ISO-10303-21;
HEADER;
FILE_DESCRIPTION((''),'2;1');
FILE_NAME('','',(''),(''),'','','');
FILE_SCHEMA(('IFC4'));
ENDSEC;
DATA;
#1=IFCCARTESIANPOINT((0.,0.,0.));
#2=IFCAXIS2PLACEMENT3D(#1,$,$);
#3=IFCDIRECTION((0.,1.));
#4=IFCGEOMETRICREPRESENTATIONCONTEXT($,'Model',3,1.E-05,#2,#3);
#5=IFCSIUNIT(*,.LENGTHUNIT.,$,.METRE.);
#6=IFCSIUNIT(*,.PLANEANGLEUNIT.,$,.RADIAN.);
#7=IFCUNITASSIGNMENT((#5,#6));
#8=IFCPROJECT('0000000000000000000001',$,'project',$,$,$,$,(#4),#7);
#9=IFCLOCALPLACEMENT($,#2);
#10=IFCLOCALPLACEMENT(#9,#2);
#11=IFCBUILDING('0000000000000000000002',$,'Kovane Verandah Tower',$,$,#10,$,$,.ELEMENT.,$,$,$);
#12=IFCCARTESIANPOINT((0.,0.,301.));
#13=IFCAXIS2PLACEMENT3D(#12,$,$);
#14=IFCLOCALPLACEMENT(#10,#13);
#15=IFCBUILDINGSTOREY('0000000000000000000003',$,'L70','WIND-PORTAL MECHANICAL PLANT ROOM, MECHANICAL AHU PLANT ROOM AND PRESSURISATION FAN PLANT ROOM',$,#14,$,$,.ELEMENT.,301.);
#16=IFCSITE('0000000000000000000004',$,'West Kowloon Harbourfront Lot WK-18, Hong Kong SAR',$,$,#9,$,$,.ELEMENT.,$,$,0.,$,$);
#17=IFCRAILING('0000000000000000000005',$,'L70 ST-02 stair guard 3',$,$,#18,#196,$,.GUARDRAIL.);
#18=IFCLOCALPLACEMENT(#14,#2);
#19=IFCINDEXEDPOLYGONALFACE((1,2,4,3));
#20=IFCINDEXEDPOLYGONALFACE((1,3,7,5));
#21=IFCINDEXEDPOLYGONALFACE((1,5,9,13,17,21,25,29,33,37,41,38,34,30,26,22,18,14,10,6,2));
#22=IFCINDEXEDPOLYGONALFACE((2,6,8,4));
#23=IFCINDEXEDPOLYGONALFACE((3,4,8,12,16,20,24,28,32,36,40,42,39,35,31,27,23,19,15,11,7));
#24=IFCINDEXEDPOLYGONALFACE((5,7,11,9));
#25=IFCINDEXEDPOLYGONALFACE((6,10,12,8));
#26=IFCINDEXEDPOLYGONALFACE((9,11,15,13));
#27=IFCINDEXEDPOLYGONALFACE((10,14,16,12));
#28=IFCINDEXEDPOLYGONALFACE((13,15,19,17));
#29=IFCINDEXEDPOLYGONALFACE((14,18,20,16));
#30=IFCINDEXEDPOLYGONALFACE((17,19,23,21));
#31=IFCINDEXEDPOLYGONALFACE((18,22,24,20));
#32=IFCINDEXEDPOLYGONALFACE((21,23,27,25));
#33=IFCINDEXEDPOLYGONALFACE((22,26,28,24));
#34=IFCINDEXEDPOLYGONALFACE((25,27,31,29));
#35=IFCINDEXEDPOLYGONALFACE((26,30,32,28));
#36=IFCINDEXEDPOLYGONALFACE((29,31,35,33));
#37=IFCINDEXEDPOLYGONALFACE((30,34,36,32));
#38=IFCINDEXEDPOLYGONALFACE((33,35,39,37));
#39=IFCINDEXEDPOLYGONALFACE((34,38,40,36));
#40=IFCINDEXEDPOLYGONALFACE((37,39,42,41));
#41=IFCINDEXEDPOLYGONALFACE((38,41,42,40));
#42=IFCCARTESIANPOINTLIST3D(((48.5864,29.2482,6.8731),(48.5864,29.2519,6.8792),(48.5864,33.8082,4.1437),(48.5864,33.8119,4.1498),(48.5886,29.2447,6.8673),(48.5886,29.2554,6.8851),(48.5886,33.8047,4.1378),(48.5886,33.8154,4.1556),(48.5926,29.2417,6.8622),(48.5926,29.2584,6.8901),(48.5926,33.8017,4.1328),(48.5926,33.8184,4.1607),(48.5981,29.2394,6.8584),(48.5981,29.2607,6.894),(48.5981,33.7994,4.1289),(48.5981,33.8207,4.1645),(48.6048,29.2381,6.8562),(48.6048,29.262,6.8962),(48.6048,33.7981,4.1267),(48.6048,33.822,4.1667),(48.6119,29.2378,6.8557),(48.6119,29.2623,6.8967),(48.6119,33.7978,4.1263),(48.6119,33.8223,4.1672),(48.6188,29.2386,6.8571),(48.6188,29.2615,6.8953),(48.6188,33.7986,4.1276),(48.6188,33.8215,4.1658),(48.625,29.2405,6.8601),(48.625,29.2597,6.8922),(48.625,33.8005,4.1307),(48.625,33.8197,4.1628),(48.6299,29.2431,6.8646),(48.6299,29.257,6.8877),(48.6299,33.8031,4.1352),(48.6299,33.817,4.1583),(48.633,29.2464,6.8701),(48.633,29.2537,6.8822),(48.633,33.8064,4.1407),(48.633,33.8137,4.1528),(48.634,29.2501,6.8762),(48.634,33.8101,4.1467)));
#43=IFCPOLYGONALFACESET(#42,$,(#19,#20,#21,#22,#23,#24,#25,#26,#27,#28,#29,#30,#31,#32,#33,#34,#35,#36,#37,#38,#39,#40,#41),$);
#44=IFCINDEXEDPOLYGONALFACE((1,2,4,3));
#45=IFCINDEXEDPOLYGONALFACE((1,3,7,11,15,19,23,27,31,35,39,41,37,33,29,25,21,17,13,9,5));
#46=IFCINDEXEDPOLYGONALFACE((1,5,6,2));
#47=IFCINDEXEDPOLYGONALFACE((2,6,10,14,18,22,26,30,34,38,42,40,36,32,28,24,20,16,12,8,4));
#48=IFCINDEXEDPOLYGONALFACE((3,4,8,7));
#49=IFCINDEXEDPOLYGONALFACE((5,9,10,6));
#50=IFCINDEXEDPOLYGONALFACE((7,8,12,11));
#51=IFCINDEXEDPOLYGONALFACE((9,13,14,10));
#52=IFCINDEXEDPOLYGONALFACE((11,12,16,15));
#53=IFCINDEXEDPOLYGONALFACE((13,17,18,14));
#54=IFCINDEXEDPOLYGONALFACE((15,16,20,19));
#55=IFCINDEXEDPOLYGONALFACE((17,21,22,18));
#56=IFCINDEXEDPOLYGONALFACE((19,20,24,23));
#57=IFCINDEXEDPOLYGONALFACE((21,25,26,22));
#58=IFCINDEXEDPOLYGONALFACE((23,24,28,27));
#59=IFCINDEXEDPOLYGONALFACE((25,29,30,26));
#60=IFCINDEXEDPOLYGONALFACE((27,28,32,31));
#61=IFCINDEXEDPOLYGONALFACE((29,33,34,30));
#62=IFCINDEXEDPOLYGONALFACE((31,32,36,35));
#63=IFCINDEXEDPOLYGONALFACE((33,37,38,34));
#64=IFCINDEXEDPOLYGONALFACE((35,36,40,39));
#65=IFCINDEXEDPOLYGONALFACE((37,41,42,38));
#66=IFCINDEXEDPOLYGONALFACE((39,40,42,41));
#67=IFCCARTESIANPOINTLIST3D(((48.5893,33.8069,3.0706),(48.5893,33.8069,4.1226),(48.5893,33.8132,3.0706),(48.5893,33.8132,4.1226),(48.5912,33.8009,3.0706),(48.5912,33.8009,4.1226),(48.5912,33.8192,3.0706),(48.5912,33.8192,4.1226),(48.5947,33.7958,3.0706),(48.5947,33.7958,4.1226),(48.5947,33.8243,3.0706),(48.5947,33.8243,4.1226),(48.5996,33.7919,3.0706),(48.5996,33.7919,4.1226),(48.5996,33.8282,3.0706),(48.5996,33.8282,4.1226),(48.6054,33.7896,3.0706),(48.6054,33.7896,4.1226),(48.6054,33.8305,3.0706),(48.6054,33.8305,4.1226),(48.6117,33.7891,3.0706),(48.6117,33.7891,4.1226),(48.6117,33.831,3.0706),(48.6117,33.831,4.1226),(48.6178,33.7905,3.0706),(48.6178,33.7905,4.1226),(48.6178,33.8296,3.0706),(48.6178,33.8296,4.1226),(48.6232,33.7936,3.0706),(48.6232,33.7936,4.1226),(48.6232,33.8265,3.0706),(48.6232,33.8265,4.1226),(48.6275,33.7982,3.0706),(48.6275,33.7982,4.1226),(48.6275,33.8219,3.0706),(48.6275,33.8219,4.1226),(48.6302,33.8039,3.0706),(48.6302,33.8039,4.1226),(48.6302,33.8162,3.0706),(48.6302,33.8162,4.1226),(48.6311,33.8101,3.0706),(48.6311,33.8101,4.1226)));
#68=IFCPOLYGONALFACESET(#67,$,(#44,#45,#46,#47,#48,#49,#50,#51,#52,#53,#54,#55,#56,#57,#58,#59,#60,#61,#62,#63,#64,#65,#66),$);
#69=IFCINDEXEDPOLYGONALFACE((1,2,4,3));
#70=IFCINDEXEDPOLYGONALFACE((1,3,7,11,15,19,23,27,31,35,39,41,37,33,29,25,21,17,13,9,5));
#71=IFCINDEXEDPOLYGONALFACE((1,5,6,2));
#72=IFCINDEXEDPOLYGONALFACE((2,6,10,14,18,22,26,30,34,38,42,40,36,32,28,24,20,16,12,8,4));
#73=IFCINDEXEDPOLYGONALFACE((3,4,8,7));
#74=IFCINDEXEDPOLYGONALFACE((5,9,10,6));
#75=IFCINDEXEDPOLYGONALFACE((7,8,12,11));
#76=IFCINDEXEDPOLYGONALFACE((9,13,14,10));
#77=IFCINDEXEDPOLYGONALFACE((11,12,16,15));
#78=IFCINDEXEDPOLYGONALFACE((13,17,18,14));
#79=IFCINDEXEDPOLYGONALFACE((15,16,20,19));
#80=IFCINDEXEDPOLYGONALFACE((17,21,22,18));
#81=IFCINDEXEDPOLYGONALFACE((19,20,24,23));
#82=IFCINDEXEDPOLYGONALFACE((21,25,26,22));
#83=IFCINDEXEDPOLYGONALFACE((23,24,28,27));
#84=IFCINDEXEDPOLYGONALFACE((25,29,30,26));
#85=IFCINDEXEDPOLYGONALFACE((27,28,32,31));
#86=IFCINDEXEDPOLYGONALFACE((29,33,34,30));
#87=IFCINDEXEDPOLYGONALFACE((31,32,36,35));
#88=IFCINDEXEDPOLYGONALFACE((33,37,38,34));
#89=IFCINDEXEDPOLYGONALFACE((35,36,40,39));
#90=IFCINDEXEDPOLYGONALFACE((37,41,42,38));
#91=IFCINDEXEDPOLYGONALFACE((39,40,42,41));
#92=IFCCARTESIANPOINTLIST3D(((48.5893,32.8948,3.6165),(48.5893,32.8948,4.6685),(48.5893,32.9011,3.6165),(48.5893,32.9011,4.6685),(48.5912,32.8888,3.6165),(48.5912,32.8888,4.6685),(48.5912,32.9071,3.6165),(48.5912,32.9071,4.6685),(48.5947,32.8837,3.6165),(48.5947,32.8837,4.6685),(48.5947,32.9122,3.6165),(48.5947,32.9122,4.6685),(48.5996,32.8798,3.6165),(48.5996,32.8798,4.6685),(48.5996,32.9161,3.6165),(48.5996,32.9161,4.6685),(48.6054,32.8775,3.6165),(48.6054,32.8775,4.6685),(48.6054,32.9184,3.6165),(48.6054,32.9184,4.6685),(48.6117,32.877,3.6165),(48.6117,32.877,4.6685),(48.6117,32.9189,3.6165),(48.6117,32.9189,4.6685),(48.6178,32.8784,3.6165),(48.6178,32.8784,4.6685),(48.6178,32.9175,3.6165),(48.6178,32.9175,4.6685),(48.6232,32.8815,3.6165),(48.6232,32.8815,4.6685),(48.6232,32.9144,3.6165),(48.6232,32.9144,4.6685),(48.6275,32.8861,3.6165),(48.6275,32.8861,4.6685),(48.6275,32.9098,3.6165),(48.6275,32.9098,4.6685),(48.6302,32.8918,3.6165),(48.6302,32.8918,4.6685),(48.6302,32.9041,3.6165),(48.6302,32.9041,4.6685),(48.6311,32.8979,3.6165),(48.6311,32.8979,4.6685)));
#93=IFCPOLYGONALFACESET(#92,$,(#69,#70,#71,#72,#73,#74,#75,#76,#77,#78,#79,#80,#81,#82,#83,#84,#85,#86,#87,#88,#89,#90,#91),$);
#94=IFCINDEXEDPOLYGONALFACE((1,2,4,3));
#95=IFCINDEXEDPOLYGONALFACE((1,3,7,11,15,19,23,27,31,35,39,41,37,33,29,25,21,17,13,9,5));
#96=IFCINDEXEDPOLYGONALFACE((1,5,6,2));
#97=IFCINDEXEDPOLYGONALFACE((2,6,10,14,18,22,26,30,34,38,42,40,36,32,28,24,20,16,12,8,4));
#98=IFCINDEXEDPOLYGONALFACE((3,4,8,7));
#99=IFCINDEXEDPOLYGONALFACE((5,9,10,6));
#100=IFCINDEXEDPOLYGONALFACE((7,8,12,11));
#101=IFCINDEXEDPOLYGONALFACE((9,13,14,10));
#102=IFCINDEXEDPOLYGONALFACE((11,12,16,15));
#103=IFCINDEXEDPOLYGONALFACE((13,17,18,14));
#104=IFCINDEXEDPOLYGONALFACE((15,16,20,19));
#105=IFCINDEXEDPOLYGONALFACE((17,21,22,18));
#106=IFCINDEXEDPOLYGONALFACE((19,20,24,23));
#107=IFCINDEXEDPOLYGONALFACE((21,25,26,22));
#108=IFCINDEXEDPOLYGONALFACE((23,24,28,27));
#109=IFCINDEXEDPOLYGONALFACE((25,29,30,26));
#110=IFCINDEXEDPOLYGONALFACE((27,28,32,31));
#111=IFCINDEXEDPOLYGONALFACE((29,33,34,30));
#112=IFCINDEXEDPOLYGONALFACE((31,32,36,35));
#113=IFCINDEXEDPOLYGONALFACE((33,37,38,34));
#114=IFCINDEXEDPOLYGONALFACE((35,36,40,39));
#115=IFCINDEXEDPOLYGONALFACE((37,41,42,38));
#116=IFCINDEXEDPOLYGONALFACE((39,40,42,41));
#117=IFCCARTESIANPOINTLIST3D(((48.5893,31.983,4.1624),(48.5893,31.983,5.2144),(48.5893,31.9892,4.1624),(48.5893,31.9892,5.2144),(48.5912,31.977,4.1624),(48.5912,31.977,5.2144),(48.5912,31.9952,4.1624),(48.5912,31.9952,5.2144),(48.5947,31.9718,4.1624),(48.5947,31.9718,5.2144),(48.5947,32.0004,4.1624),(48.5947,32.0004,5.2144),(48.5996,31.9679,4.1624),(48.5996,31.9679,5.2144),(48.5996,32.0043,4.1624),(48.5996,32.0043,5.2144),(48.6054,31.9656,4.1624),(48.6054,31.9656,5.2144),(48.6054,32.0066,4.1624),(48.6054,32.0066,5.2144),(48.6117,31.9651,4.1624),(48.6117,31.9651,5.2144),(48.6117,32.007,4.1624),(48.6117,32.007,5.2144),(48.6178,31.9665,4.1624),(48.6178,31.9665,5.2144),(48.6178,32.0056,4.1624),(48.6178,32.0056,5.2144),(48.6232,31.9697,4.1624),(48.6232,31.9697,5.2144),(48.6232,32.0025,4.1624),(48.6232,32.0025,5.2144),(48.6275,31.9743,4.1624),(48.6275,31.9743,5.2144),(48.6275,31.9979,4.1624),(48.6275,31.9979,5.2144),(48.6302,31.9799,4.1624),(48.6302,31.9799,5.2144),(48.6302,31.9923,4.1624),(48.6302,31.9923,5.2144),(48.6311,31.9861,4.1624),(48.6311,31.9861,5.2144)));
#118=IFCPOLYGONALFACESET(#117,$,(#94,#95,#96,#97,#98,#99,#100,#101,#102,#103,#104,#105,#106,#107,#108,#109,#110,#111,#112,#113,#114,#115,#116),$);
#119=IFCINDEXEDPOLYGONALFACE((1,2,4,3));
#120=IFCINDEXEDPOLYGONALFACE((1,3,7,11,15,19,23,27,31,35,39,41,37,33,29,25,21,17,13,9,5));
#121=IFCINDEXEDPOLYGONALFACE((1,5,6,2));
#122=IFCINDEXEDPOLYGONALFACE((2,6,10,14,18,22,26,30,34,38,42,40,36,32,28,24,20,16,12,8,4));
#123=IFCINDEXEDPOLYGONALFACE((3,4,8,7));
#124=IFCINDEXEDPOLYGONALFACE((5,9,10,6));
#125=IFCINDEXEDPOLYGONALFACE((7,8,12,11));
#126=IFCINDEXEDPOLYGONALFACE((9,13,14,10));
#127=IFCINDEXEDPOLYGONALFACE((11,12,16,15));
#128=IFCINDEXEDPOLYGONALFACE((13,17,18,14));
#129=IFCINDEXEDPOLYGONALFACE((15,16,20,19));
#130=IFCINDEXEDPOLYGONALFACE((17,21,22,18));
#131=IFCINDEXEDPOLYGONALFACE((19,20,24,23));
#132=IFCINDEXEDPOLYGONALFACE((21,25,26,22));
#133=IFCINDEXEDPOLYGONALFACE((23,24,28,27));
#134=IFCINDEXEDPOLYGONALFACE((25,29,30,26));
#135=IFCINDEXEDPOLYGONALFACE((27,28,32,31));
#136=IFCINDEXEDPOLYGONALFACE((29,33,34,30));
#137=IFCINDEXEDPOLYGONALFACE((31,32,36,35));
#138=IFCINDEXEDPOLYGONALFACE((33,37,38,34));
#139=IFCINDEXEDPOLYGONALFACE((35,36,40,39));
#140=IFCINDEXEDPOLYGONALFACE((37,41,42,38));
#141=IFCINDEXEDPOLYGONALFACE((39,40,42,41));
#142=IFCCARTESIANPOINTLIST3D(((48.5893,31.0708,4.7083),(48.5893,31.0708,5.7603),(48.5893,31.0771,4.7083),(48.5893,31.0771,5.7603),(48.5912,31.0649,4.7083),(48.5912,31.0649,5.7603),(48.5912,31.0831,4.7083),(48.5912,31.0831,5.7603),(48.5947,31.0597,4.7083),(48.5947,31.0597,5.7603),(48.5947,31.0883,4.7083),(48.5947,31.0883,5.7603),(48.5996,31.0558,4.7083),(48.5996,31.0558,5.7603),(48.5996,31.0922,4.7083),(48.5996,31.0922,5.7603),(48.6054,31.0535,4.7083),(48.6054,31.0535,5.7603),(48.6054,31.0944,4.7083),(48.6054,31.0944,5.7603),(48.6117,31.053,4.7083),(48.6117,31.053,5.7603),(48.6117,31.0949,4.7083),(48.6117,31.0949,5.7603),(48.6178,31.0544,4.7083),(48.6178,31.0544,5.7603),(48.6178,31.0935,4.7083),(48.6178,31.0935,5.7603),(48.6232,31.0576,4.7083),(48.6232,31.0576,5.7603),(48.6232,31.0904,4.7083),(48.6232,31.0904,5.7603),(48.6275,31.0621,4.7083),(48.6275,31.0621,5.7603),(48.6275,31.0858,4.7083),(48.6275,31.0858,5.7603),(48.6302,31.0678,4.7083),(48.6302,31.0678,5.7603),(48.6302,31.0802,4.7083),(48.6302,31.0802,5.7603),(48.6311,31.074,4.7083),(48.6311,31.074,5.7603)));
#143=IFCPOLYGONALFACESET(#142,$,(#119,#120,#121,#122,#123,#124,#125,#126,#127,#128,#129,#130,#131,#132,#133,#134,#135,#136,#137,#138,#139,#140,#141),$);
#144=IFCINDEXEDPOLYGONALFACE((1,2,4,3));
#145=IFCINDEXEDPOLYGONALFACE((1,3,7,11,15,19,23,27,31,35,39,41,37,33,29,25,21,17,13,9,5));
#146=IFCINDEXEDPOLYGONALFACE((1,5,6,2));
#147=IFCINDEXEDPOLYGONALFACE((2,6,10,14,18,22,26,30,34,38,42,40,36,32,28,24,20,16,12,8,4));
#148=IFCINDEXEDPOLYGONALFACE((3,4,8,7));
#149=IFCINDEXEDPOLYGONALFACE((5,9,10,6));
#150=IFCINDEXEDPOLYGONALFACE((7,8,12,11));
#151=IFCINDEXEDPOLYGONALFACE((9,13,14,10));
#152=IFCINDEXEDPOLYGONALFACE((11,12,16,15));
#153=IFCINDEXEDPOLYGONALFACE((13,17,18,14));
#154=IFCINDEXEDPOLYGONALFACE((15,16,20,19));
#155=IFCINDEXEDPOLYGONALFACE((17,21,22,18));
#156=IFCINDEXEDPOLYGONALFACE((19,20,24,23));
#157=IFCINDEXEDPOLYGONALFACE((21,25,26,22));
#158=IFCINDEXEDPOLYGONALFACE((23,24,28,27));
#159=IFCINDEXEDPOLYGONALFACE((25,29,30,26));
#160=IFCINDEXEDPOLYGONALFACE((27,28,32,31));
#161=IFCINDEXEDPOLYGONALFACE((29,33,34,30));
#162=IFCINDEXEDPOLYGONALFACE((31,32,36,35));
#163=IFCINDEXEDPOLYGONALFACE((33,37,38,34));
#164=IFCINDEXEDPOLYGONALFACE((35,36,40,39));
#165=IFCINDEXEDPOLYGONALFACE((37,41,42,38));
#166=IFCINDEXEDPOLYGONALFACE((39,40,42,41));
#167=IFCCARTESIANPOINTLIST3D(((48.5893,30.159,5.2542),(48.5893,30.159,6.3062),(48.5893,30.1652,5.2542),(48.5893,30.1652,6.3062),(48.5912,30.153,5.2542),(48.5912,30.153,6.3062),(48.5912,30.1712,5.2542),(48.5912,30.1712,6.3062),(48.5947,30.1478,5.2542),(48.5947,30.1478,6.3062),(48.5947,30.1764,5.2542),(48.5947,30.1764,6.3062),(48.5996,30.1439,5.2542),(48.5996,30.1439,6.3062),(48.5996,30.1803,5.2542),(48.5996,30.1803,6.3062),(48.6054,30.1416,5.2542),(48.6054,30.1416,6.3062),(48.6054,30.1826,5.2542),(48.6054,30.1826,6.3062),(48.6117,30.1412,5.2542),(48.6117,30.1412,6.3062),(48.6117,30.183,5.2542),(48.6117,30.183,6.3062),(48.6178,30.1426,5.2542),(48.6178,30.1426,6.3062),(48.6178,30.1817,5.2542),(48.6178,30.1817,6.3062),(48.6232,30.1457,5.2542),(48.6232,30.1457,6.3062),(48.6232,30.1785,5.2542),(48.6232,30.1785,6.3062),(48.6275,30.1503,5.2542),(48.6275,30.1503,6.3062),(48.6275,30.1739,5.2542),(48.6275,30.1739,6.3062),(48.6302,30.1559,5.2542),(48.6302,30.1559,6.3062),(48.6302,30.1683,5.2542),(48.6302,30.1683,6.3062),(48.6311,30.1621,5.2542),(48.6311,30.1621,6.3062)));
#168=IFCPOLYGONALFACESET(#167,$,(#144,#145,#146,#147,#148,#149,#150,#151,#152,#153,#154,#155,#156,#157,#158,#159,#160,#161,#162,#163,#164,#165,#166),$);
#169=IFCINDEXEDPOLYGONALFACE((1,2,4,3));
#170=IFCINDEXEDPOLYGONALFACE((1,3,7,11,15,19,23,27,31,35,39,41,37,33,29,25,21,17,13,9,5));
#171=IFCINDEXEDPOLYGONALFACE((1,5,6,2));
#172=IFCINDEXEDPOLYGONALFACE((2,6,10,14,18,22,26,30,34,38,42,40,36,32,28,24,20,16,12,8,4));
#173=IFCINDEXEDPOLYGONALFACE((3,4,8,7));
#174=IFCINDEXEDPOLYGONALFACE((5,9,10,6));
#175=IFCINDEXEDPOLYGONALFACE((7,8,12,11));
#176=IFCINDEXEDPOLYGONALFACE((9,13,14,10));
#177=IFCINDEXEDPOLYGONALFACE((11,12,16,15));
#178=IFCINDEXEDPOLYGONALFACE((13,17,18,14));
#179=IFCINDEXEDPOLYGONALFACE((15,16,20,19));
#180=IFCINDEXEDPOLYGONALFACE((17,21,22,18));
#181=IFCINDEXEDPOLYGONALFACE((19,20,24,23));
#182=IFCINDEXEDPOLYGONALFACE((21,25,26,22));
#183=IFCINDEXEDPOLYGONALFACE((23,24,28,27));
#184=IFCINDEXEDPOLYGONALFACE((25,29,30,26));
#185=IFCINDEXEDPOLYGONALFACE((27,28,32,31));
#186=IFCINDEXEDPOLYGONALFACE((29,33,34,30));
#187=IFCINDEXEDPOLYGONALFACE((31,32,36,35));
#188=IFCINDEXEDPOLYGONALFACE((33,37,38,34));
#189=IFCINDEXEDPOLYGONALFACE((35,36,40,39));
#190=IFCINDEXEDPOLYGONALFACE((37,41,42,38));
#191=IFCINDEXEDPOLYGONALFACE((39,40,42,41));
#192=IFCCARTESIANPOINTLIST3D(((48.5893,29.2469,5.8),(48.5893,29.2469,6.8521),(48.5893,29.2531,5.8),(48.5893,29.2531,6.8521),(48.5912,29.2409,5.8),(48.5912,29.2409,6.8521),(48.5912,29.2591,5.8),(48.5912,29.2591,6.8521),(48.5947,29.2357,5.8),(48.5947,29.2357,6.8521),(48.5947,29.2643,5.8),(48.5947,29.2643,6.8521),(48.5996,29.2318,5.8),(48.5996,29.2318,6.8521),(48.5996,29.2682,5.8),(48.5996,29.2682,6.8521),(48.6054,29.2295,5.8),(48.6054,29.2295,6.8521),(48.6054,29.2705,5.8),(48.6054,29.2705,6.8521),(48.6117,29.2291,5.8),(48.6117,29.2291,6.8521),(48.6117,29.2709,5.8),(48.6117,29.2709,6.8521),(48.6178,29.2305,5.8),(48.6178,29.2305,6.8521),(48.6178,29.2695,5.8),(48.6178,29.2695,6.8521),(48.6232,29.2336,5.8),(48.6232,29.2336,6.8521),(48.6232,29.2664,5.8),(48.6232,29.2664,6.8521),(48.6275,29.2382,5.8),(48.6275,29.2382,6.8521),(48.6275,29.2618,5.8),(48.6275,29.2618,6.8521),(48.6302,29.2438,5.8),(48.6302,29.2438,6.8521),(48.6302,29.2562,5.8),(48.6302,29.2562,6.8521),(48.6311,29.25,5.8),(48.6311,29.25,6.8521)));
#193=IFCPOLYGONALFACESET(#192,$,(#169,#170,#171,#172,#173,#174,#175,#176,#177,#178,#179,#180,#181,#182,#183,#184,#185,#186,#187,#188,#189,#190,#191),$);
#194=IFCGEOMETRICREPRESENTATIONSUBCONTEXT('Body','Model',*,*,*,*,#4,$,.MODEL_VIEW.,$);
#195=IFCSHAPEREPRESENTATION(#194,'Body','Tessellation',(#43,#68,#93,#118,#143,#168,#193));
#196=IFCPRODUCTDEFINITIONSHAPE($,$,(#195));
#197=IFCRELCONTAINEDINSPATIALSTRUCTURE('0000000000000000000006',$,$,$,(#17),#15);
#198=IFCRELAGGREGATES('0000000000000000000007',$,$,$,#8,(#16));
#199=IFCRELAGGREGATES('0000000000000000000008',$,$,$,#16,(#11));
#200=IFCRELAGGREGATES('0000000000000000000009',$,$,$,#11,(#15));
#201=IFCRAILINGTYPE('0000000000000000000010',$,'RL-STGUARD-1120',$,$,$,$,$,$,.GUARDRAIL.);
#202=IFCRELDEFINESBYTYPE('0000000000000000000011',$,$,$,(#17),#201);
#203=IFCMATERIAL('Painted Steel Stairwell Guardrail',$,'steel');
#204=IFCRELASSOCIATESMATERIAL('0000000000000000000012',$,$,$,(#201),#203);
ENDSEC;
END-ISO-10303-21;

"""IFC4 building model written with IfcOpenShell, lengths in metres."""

from ifc_helpers import new_model, si_unit, direction, frame, origin, origin_2d, place, context, subcontext, project, spatial, circle, extrude, material, type_object, element, save


model = new_model("IFC4")

# Units and contexts
model_context = context("Model", 3, precision=1e-05, world=origin(), true_north=direction((0.0, 1.0)))
body_context = subcontext(model_context, "Body", "Model", "MODEL_VIEW")
ifc_project = project(units=[si_unit("LENGTHUNIT", "METRE"), si_unit("PLANEANGLEUNIT", "RADIAN")], contexts=[model_context])

# Site, building, storey
site_placement = place(None, origin())
site = spatial("IfcSite", under=ifc_project, at=site_placement, Name="West Kowloon Harbourfront Lot WK-18, Hong Kong SAR", CompositionType="ELEMENT", RefElevation=0.0)
building_placement = place(site_placement, origin())
building = spatial("IfcBuilding", under=site, at=building_placement, Name="Kovane Verandah Tower", CompositionType="ELEMENT")
storey_placement = place(building_placement, frame((0.0, 0.0, 301.0)))
storey = spatial("IfcBuildingStorey", under=building, at=storey_placement, Name="L70", Description="WIND-PORTAL MECHANICAL PLANT ROOM, MECHANICAL AHU PLANT ROOM AND PRESSURISATION FAN PLANT ROOM", CompositionType="ELEMENT", Elevation=301.0)

# Railing
ifc_material_1 = material(Name="Painted Steel Stairwell Guardrail", Category="steel")
railing_type_1 = type_object("IfcRailingType", Name="RL-STGUARD-1120", PredefinedType="GUARDRAIL", material=ifc_material_1)
railing_1_placement = place(storey_placement, frame((48.6101, 33.8101, 3.0706)))
element("IfcRailing", 1, at=railing_1_placement, inside=storey, type_object=railing_type_1, Name="L70 ST-02 stair guard 3", PredefinedType="GUARDRAIL", context=body_context, shape_type="SweptSolid", body=[
    extrude(circle(Radius=0.0239, at=origin_2d()), frame((0.0, 0.0, 1.0762), z_axis=(0.0, -0.858036, 0.51359), x_axis=(1.0, 0.0, 0.0)), (0.0, 0.0, 1.0), 5.3145),
    extrude(circle(Radius=0.021, at=origin_2d()), origin(), (0.0, 0.0, 1.0), 1.052),
    extrude(circle(Radius=0.021, at=origin_2d()), frame((0.0, -0.9121, 0.5459)), (0.0, 0.0, 1.0), 1.052),
    extrude(circle(Radius=0.021, at=origin_2d()), frame((0.0, -1.824, 1.0918)), (0.0, 0.0, 1.0), 1.052),
    extrude(circle(Radius=0.021, at=origin_2d()), frame((0.0, -2.7361, 1.6377)), (0.0, 0.0, 1.0), 1.052),
    extrude(circle(Radius=0.021, at=origin_2d()), frame((0.0, -3.6479, 2.1836)), (0.0, 0.0, 1.0), 1.052),
    extrude(circle(Radius=0.021, at=origin_2d()), frame((0.0, -4.5601, 2.7295)), (0.0, 0.0, 1.0), 1.052),
])

save(model, "model.ifc")
